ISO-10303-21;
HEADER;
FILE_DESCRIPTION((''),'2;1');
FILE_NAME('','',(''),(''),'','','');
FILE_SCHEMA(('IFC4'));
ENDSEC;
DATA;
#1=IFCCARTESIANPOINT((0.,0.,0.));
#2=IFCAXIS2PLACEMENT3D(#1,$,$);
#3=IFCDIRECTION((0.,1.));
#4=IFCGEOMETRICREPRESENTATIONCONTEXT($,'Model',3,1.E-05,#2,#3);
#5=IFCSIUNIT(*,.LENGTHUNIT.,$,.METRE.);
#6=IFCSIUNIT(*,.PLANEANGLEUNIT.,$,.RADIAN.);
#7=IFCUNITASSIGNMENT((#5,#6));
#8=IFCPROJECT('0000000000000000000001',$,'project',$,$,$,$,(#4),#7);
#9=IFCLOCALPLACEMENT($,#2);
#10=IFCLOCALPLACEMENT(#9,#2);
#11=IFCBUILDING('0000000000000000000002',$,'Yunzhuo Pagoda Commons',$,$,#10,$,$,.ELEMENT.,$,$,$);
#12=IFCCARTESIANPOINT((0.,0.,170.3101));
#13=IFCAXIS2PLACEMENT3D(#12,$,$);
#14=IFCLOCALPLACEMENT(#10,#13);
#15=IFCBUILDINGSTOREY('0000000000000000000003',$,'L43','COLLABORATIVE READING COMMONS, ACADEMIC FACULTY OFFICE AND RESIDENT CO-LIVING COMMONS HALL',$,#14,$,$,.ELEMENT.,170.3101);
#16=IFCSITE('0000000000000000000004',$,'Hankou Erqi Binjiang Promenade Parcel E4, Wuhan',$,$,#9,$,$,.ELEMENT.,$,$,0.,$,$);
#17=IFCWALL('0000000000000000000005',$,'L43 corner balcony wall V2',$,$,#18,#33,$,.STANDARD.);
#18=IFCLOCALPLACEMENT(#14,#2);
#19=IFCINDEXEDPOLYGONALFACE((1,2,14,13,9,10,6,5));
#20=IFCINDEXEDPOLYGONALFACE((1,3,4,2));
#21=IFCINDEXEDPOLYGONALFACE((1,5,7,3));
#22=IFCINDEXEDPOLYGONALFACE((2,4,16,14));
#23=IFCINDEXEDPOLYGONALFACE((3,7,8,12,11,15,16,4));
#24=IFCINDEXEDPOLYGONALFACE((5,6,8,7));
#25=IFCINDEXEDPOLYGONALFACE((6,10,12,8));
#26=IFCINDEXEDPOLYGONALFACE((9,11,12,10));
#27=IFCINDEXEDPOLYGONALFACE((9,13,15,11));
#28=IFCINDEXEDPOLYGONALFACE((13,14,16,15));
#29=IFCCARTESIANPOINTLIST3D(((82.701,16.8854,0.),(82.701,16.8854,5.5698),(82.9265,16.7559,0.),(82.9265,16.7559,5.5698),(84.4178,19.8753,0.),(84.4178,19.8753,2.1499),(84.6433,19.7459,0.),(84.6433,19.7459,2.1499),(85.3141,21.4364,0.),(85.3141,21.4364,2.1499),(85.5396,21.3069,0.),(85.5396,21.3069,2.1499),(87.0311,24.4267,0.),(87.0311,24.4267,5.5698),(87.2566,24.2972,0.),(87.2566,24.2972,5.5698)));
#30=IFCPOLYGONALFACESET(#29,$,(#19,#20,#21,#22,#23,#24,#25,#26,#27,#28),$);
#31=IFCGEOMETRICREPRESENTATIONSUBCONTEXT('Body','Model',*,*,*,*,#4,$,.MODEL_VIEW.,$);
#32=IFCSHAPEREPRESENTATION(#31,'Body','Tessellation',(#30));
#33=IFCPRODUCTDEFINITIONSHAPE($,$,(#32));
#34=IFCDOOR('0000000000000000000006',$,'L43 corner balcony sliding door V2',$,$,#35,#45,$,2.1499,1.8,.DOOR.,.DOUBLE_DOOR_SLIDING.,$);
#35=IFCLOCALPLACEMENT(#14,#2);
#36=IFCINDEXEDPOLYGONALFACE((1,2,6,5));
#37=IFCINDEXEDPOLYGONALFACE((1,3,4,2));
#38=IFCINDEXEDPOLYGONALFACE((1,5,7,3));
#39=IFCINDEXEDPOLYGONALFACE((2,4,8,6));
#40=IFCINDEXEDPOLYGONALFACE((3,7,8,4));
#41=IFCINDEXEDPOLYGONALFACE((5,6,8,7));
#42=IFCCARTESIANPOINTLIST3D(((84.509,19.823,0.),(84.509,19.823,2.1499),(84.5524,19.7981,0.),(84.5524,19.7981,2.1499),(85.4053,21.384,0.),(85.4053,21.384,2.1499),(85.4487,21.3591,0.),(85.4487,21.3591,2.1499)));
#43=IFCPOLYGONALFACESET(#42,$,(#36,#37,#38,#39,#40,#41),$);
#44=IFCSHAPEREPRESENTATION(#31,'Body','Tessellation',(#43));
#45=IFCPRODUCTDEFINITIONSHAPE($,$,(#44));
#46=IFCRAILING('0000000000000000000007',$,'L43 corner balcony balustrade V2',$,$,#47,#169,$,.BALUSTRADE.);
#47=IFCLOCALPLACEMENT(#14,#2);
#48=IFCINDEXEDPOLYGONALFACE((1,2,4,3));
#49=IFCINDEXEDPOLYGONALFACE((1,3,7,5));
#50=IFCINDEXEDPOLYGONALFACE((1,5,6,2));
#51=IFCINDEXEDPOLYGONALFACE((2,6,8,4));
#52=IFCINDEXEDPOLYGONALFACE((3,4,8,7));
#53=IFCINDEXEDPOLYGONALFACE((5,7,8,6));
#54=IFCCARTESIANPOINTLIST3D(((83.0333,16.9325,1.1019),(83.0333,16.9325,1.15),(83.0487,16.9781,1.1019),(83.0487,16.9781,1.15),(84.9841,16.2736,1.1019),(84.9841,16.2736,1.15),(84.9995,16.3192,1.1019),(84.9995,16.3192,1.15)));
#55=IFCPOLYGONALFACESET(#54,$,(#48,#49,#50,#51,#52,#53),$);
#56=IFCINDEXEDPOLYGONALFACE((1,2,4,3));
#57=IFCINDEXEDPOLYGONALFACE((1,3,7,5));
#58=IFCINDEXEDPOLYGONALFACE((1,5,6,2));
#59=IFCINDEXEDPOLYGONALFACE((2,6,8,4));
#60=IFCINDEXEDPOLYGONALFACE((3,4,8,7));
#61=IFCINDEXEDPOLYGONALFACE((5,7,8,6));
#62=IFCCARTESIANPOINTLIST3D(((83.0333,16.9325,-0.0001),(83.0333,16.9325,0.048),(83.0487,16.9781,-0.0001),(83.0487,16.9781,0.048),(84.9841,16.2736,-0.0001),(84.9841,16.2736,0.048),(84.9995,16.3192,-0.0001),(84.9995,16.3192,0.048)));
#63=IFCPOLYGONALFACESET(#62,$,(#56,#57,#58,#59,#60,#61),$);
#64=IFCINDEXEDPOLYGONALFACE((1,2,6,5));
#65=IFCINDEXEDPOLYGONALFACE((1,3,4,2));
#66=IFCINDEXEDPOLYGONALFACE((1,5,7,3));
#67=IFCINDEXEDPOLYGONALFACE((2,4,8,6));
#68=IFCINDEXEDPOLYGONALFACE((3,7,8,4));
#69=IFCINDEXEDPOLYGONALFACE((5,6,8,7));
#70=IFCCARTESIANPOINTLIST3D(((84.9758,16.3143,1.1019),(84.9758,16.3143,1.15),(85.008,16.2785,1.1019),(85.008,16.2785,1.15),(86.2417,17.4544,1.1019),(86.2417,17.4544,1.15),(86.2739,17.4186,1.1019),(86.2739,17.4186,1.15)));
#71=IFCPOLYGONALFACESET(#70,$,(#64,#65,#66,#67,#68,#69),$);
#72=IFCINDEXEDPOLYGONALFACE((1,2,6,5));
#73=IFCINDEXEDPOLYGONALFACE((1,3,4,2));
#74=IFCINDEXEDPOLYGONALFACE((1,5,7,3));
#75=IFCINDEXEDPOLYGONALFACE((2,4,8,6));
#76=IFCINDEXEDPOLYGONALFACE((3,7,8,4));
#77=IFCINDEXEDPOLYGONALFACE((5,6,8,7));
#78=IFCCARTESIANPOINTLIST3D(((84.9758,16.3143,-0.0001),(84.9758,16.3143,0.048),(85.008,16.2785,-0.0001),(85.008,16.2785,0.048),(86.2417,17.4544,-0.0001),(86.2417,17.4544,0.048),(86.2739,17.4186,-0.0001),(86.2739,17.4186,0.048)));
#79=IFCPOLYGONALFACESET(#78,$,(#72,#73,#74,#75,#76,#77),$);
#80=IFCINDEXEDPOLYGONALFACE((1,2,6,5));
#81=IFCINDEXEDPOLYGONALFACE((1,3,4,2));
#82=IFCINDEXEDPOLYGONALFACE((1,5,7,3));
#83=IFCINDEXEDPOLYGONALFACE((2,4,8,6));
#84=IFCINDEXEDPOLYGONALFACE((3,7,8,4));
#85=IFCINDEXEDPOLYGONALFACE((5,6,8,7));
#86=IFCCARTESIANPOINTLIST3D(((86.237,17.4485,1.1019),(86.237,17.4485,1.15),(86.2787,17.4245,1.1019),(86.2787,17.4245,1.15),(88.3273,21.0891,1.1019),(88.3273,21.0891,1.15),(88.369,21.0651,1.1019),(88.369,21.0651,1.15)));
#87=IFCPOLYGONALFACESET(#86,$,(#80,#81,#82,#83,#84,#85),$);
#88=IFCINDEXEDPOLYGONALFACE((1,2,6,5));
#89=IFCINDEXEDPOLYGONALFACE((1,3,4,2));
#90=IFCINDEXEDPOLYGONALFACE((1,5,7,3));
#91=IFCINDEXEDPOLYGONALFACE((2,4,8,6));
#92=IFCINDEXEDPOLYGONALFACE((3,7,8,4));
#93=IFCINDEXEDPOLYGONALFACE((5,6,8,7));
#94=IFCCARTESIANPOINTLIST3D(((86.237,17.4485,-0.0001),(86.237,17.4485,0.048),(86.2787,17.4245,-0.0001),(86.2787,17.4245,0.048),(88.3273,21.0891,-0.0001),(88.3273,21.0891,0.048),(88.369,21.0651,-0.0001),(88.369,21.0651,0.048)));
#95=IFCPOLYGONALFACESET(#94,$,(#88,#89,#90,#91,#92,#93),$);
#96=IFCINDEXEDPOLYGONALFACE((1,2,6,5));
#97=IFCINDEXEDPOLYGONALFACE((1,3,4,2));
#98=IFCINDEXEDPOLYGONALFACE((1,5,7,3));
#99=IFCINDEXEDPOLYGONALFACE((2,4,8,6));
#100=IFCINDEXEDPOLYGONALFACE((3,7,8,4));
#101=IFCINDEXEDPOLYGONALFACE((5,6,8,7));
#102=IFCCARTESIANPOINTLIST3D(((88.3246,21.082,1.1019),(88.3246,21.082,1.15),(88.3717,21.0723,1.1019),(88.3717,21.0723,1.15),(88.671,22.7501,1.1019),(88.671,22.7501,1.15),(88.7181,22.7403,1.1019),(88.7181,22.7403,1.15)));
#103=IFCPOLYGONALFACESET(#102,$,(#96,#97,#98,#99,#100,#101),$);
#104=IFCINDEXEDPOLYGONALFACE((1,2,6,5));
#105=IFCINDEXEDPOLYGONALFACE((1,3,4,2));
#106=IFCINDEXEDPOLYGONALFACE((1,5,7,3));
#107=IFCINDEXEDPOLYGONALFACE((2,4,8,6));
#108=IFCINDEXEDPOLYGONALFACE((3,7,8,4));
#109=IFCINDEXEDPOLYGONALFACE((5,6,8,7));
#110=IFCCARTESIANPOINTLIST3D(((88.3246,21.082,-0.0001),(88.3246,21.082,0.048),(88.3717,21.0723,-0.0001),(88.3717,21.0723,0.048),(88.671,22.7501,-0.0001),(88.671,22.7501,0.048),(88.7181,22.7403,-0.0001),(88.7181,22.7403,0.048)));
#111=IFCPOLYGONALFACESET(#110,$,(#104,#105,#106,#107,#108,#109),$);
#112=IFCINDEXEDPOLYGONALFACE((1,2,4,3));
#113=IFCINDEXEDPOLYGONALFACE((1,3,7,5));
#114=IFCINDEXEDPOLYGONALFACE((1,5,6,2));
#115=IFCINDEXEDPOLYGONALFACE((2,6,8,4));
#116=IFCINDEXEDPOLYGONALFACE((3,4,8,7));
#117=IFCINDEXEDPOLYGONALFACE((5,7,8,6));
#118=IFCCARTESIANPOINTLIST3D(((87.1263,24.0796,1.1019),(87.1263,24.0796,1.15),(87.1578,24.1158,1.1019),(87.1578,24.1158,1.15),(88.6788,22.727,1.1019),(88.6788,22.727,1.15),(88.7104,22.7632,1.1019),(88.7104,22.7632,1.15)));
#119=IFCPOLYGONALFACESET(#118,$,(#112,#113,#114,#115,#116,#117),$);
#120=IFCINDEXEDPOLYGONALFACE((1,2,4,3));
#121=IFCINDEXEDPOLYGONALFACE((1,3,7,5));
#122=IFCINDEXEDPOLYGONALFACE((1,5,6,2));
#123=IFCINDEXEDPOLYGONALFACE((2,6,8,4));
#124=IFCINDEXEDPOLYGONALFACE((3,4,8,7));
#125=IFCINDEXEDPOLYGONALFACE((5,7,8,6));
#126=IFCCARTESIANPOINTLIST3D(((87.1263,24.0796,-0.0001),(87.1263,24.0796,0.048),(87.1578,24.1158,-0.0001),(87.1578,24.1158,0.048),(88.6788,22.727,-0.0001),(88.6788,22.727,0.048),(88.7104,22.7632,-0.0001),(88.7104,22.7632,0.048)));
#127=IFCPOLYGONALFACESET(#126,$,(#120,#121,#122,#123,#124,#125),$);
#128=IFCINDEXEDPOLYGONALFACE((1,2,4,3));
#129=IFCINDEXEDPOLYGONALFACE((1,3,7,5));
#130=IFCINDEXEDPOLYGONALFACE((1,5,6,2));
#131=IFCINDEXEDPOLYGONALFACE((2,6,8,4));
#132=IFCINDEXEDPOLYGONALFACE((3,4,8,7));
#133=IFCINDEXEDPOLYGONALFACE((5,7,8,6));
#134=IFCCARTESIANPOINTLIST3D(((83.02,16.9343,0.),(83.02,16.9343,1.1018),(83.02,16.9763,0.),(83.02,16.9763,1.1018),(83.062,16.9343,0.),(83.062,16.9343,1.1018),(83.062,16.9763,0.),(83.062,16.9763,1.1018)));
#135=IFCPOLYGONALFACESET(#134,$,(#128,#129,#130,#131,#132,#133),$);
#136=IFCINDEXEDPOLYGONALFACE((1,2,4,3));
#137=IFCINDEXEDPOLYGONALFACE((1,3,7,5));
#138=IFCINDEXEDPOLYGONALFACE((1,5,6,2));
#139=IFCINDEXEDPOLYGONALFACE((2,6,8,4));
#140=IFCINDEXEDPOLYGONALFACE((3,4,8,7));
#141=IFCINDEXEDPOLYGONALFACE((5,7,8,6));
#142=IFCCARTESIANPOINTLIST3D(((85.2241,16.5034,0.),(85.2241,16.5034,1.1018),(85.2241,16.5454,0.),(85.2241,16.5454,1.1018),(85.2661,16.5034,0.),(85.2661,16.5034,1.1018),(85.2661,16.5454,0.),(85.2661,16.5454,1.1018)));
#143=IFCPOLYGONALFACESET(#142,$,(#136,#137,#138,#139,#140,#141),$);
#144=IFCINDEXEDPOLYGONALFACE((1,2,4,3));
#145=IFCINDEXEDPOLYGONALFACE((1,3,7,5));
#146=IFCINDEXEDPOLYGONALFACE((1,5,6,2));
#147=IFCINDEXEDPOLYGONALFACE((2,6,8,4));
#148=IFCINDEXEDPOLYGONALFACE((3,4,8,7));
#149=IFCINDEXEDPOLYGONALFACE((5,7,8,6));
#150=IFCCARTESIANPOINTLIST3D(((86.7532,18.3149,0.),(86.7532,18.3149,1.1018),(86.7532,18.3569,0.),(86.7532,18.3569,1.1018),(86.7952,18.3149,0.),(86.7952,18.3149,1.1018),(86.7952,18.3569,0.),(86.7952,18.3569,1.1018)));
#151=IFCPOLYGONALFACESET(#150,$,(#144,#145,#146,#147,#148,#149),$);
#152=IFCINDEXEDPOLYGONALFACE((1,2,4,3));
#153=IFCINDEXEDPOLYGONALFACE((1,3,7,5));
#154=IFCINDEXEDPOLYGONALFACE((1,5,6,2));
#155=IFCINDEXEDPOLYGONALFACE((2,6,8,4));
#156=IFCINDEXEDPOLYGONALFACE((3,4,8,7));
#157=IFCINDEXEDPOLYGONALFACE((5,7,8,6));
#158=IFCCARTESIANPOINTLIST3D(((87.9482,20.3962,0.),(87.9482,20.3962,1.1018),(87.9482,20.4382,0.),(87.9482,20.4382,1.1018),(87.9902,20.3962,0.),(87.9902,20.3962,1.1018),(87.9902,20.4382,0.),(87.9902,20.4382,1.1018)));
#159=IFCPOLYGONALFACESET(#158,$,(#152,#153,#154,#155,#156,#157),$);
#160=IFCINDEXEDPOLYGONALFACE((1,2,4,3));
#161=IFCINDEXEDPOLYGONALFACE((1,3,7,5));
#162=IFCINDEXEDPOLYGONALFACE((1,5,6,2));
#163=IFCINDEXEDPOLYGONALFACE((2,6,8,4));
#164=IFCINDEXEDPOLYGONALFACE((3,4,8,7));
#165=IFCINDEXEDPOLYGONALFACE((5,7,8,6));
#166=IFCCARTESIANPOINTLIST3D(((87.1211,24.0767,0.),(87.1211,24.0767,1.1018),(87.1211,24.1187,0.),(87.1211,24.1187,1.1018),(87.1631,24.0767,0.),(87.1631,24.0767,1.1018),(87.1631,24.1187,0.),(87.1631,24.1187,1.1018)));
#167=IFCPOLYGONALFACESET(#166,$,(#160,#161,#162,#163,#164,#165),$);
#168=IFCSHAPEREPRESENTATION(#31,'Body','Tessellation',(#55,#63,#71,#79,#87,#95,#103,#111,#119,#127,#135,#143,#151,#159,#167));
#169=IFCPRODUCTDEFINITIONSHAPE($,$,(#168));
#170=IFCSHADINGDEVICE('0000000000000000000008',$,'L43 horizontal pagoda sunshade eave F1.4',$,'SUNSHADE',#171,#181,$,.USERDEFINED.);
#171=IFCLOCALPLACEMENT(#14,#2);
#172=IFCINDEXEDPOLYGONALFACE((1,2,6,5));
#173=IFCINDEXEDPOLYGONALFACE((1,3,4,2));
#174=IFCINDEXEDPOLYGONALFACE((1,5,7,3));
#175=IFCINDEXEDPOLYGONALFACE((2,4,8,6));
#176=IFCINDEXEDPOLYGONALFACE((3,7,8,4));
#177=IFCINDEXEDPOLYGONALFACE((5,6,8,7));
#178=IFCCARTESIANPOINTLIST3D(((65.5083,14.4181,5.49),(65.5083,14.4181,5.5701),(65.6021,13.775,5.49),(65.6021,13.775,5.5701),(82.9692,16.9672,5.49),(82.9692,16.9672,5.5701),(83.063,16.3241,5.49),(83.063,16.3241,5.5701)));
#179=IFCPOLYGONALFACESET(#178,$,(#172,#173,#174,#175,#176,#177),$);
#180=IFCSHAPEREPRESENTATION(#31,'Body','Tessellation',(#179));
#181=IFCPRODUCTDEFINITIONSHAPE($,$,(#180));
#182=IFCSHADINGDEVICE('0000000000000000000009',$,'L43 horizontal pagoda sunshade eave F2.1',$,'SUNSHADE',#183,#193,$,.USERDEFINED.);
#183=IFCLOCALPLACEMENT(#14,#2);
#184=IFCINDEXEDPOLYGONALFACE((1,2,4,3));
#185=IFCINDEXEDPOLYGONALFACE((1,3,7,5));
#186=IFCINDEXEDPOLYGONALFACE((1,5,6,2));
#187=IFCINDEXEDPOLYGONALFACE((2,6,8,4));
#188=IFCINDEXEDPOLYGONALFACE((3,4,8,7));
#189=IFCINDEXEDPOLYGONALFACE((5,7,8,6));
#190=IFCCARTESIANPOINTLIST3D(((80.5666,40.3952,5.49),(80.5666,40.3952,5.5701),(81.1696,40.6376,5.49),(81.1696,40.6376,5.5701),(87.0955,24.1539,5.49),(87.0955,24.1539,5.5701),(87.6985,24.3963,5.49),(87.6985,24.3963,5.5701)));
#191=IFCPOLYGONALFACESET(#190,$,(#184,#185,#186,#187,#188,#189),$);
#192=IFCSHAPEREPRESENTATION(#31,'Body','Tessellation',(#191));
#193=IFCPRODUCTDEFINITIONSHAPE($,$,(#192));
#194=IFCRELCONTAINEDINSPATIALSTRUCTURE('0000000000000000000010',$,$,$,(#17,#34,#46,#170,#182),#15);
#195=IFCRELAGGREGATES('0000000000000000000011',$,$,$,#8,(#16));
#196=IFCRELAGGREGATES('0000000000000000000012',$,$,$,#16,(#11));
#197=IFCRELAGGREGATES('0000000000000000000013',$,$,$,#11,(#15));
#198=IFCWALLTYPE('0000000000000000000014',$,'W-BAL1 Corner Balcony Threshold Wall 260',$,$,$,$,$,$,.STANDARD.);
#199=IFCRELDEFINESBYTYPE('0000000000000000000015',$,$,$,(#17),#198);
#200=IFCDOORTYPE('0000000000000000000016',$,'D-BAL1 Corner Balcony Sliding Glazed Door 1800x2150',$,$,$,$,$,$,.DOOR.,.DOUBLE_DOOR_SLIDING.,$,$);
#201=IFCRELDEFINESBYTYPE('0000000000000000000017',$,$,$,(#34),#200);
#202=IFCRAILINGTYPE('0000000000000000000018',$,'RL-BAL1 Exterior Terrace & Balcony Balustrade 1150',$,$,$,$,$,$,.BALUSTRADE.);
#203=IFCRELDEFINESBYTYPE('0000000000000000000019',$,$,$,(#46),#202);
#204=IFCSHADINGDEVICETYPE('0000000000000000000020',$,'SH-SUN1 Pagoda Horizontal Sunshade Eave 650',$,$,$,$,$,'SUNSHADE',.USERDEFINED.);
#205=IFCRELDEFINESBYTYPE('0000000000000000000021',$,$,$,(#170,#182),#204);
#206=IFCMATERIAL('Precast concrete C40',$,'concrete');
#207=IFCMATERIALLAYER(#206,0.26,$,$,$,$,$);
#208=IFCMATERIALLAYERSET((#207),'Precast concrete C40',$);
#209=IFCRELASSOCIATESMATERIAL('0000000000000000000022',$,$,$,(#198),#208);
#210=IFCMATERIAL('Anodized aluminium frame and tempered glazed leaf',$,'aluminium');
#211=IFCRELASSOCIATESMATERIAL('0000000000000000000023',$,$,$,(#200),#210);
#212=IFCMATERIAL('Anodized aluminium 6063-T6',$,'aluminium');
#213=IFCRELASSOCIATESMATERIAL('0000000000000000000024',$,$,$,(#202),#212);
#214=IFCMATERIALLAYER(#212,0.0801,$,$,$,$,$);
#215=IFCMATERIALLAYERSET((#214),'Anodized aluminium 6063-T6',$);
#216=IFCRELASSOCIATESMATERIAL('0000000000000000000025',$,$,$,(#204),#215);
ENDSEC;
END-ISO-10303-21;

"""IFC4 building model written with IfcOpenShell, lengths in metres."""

from ifc_helpers import new_model, si_unit, direction, frame, frame_2d, origin, origin_with_axes, origin_2d, place, context, subcontext, project, spatial, rectangle, extrude, source, transform, mapped, material, layer, layer_set, type_object, element, fill, save


model = new_model("IFC4")

# Units and contexts
model_context = context("Model", 3, precision=1e-05, world=origin(), true_north=direction((0.0, 1.0)))
body_context = subcontext(model_context, "Body", "Model", "MODEL_VIEW")
ifc_project = project(units=[si_unit("LENGTHUNIT", "METRE"), si_unit("PLANEANGLEUNIT", "RADIAN")], contexts=[model_context])

# Site, building, storey
site_placement = place(None, origin())
site = spatial("IfcSite", under=ifc_project, at=site_placement, Name="Hankou Erqi Binjiang Promenade Parcel E4, Wuhan", CompositionType="ELEMENT", RefElevation=0.0)
building_placement = place(site_placement, origin())
building = spatial("IfcBuilding", under=site, at=building_placement, Name="Yunzhuo Pagoda Commons", CompositionType="ELEMENT")
storey_placement = place(building_placement, frame((0.0, 0.0, 170.3101)))
storey = spatial("IfcBuildingStorey", under=building, at=storey_placement, Name="L43", Description="COLLABORATIVE READING COMMONS, ACADEMIC FACULTY OFFICE AND RESIDENT CO-LIVING COMMONS HALL", CompositionType="ELEMENT", Elevation=170.3101)

# Shared definitions
ifc_material_1 = material(Name="Anodized aluminium 6063-T6", Category="aluminium")

# Wall, opening, door
ifc_material_2 = material(Name="Precast concrete C40", Category="concrete")
ifc_layer_1 = layer(ifc_material_2, 0.26)
ifc_layer_set_1 = layer_set([ifc_layer_1], Name="Precast concrete C40")
wall_type = type_object("IfcWallType", Name="W-BAL1 Corner Balcony Threshold Wall 260", PredefinedType="STANDARD", material=ifc_layer_set_1)
wall_placement = place(storey_placement, frame((82.8137, 16.8206, 0.0), z_axis=(0.0, 0.0, 1.0), x_axis=(0.49794, 0.867212, 0.0)))
wall = element("IfcWall", 1, at=wall_placement, inside=storey, type_object=wall_type, Name="L43 corner balcony wall V2", PredefinedType="STANDARD", context=body_context, shape_type="SweptSolid", body=[
    extrude(rectangle(XDim=8.696, YDim=0.26, at=frame_2d((4.3481, 0.0))), origin(), (0.0, 0.0, 1.0), 5.5698),
])
opening_placement = place(wall_placement, frame((3.448, 0.0, 0.0)))
opening = element("IfcOpeningElement", 2, at=opening_placement, cuts=wall, PredefinedType="OPENING", context=body_context, shape_type="SweptSolid", body=[
    extrude(rectangle(XDim=1.8, YDim=2.1499, at=frame_2d((0.8999, 1.075))), frame((0.0, 0.1401, 0.0), z_axis=(0.0, -1.0, 0.0), x_axis=(1.0, 0.0, 0.0)), (0.0, 0.0, 1.0), 0.28),
])
ifc_material_3 = material(Name="Anodized aluminium frame and tempered glazed leaf", Category="aluminium")
door_type = type_object("IfcDoorType", Name="D-BAL1 Corner Balcony Sliding Glazed Door 1800x2150", OperationType="DOUBLE_DOOR_SLIDING", PredefinedType="DOOR", material=ifc_material_3)
shared_shape_1 = source(origin(), body_context, "Body", "SweptSolid", [
    extrude(rectangle(XDim=1.8, YDim=2.1499, at=frame_2d((0.8999, 1.075))), frame((0.0, 0.0249, 0.0), z_axis=(0.0, -1.0, 0.0), x_axis=(1.0, 0.0, 0.0)), (0.0, 0.0, 1.0), 0.05),
])
door_placement = place(opening_placement, origin_with_axes())
door = element("IfcDoor", 3, at=door_placement, inside=storey, type_object=door_type, Name="L43 corner balcony sliding door V2", OperationType="DOUBLE_DOOR_SLIDING", OverallHeight=2.1499, OverallWidth=1.8, PredefinedType="DOOR", context=body_context, shape_type="MappedRepresentation", body=[
    mapped(shared_shape_1, transform((0.0, 0.0, 0.0), scale=1.0)),
])
fill(opening, door)

# Railing
railing_type = type_object("IfcRailingType", Name="RL-BAL1 Exterior Terrace & Balcony Balustrade 1150", PredefinedType="BALUSTRADE", material=ifc_material_1)
railing_placement = place(storey_placement, frame((83.041, 16.9553, 0.0)))
element("IfcRailing", 4, at=railing_placement, inside=storey, type_object=railing_type, Name="L43 corner balcony balustrade V2", PredefinedType="BALUSTRADE", context=body_context, shape_type="SweptSolid", body=[
    extrude(rectangle(XDim=0.0481, YDim=0.0481, at=origin_2d()), frame((0.0, 0.0, 1.126), z_axis=(0.947419, -0.319996, 0.0), x_axis=(0.319996, 0.947419, 0.0)), (0.0, 0.0, 1.0), 2.0591),
    extrude(rectangle(XDim=0.0481, YDim=0.0481, at=origin_2d()), frame((0.0, 0.0, 0.0239), z_axis=(0.947419, -0.319996, 0.0), x_axis=(0.319996, 0.947419, 0.0)), (0.0, 0.0, 1.0), 2.0591),
    extrude(rectangle(XDim=0.0481, YDim=0.0481, at=origin_2d()), frame((1.9509, -0.6589, 1.126), z_axis=(0.743045, 0.669242, 0.0), x_axis=(-0.669242, 0.743045, 0.0)), (0.0, 0.0, 1.0), 1.7036),
    extrude(rectangle(XDim=0.0481, YDim=0.0481, at=origin_2d()), frame((1.9509, -0.6589, 0.0239), z_axis=(0.743045, 0.669242, 0.0), x_axis=(-0.669242, 0.743045, 0.0)), (0.0, 0.0, 1.0), 1.7036),
    extrude(rectangle(XDim=0.0481, YDim=0.0481, at=origin_2d()), frame((3.2168, 0.4812, 1.126), z_axis=(0.497929, 0.867218, 0.0), x_axis=(-0.867218, 0.497929, 0.0)), (0.0, 0.0, 1.0), 4.198),
    extrude(rectangle(XDim=0.0481, YDim=0.0481, at=origin_2d()), frame((3.2168, 0.4812, 0.0239), z_axis=(0.497929, 0.867218, 0.0), x_axis=(-0.867218, 0.497929, 0.0)), (0.0, 0.0, 1.0), 4.198),
    extrude(rectangle(XDim=0.0481, YDim=0.0481, at=origin_2d()), frame((5.3071, 4.1218, 1.126), z_axis=(0.203359, 0.979104, 0.0), x_axis=(-0.979104, 0.203359, 0.0)), (0.0, 0.0, 1.0), 1.7036),
    extrude(rectangle(XDim=0.0481, YDim=0.0481, at=origin_2d()), frame((5.3071, 4.1218, 0.0239), z_axis=(0.203359, 0.979104, 0.0), x_axis=(-0.979104, 0.203359, 0.0)), (0.0, 0.0, 1.0), 1.7036),
    extrude(rectangle(XDim=0.0481, YDim=0.0481, at=origin_2d()), frame((5.6536, 5.7898, 1.126), z_axis=(-0.753993, 0.656883, 0.0), x_axis=(-0.656883, -0.753993, 0.0)), (0.0, 0.0, 1.0), 2.0591),
    extrude(rectangle(XDim=0.0481, YDim=0.0481, at=origin_2d()), frame((5.6536, 5.7898, 0.0239), z_axis=(-0.753993, 0.656883, 0.0), x_axis=(-0.656883, -0.753993, 0.0)), (0.0, 0.0, 1.0), 2.0591),
    extrude(rectangle(XDim=0.042, YDim=0.042, at=origin_2d()), origin(), (0.0, 0.0, 1.0), 1.1018),
    extrude(rectangle(XDim=0.042, YDim=0.042, at=origin_2d()), frame((2.2041, -0.4309, 0.0)), (0.0, 0.0, 1.0), 1.1018),
    extrude(rectangle(XDim=0.042, YDim=0.042, at=origin_2d()), frame((3.7332, 1.3806, 0.0)), (0.0, 0.0, 1.0), 1.1018),
    extrude(rectangle(XDim=0.042, YDim=0.042, at=origin_2d()), frame((4.9282, 3.4619, 0.0)), (0.0, 0.0, 1.0), 1.1018),
    extrude(rectangle(XDim=0.042, YDim=0.042, at=origin_2d()), frame((4.1011, 7.1423, 0.0)), (0.0, 0.0, 1.0), 1.1018),
])

# Shading devices
ifc_layer_2 = layer(ifc_material_1, 0.0801)
ifc_layer_set_2 = layer_set([ifc_layer_2], Name="Anodized aluminium 6063-T6")
shading_device_type = type_object("IfcShadingDeviceType", Name="SH-SUN1 Pagoda Horizontal Sunshade Eave 650", ElementType="SUNSHADE", PredefinedType="USERDEFINED", material=ifc_layer_set_2)
shared_shape_2 = source(origin(), body_context, "Body", "SweptSolid", [
    extrude(rectangle(XDim=17.646, YDim=0.6499, at=origin_2d()), origin(), (0.0, 0.0, 1.0), 0.0801),
])
shading_device_1_placement = place(storey_placement, frame((74.2856, 15.3711, 5.49), z_axis=(0.0, 0.0, 1.0), x_axis=(0.989511, 0.14446, 0.0)))
element("IfcShadingDevice", 5, at=shading_device_1_placement, inside=storey, type_object=shading_device_type, Name="L43 horizontal pagoda sunshade eave F1.4", ObjectType="SUNSHADE", PredefinedType="USERDEFINED", context=body_context, shape_type="MappedRepresentation", body=[
    mapped(shared_shape_2, transform((0.0, 0.0, 0.0), scale=1.0)),
])
shared_shape_3 = source(origin(), body_context, "Body", "SweptSolid", [
    extrude(rectangle(XDim=17.5044, YDim=0.6499, at=origin_2d()), origin(), (0.0, 0.0, 1.0), 0.0801),
])
shading_device_2_placement = place(storey_placement, frame((84.1326, 32.3958, 5.49), z_axis=(0.0, 0.0, 1.0), x_axis=(-0.372988, 0.927836, 0.0)))
element("IfcShadingDevice", 6, at=shading_device_2_placement, inside=storey, type_object=shading_device_type, Name="L43 horizontal pagoda sunshade eave F2.1", ObjectType="SUNSHADE", PredefinedType="USERDEFINED", context=body_context, shape_type="MappedRepresentation", body=[
    mapped(shared_shape_3, transform((0.0, 0.0, 0.0), scale=1.0)),
])

save(model, "model.ifc")
